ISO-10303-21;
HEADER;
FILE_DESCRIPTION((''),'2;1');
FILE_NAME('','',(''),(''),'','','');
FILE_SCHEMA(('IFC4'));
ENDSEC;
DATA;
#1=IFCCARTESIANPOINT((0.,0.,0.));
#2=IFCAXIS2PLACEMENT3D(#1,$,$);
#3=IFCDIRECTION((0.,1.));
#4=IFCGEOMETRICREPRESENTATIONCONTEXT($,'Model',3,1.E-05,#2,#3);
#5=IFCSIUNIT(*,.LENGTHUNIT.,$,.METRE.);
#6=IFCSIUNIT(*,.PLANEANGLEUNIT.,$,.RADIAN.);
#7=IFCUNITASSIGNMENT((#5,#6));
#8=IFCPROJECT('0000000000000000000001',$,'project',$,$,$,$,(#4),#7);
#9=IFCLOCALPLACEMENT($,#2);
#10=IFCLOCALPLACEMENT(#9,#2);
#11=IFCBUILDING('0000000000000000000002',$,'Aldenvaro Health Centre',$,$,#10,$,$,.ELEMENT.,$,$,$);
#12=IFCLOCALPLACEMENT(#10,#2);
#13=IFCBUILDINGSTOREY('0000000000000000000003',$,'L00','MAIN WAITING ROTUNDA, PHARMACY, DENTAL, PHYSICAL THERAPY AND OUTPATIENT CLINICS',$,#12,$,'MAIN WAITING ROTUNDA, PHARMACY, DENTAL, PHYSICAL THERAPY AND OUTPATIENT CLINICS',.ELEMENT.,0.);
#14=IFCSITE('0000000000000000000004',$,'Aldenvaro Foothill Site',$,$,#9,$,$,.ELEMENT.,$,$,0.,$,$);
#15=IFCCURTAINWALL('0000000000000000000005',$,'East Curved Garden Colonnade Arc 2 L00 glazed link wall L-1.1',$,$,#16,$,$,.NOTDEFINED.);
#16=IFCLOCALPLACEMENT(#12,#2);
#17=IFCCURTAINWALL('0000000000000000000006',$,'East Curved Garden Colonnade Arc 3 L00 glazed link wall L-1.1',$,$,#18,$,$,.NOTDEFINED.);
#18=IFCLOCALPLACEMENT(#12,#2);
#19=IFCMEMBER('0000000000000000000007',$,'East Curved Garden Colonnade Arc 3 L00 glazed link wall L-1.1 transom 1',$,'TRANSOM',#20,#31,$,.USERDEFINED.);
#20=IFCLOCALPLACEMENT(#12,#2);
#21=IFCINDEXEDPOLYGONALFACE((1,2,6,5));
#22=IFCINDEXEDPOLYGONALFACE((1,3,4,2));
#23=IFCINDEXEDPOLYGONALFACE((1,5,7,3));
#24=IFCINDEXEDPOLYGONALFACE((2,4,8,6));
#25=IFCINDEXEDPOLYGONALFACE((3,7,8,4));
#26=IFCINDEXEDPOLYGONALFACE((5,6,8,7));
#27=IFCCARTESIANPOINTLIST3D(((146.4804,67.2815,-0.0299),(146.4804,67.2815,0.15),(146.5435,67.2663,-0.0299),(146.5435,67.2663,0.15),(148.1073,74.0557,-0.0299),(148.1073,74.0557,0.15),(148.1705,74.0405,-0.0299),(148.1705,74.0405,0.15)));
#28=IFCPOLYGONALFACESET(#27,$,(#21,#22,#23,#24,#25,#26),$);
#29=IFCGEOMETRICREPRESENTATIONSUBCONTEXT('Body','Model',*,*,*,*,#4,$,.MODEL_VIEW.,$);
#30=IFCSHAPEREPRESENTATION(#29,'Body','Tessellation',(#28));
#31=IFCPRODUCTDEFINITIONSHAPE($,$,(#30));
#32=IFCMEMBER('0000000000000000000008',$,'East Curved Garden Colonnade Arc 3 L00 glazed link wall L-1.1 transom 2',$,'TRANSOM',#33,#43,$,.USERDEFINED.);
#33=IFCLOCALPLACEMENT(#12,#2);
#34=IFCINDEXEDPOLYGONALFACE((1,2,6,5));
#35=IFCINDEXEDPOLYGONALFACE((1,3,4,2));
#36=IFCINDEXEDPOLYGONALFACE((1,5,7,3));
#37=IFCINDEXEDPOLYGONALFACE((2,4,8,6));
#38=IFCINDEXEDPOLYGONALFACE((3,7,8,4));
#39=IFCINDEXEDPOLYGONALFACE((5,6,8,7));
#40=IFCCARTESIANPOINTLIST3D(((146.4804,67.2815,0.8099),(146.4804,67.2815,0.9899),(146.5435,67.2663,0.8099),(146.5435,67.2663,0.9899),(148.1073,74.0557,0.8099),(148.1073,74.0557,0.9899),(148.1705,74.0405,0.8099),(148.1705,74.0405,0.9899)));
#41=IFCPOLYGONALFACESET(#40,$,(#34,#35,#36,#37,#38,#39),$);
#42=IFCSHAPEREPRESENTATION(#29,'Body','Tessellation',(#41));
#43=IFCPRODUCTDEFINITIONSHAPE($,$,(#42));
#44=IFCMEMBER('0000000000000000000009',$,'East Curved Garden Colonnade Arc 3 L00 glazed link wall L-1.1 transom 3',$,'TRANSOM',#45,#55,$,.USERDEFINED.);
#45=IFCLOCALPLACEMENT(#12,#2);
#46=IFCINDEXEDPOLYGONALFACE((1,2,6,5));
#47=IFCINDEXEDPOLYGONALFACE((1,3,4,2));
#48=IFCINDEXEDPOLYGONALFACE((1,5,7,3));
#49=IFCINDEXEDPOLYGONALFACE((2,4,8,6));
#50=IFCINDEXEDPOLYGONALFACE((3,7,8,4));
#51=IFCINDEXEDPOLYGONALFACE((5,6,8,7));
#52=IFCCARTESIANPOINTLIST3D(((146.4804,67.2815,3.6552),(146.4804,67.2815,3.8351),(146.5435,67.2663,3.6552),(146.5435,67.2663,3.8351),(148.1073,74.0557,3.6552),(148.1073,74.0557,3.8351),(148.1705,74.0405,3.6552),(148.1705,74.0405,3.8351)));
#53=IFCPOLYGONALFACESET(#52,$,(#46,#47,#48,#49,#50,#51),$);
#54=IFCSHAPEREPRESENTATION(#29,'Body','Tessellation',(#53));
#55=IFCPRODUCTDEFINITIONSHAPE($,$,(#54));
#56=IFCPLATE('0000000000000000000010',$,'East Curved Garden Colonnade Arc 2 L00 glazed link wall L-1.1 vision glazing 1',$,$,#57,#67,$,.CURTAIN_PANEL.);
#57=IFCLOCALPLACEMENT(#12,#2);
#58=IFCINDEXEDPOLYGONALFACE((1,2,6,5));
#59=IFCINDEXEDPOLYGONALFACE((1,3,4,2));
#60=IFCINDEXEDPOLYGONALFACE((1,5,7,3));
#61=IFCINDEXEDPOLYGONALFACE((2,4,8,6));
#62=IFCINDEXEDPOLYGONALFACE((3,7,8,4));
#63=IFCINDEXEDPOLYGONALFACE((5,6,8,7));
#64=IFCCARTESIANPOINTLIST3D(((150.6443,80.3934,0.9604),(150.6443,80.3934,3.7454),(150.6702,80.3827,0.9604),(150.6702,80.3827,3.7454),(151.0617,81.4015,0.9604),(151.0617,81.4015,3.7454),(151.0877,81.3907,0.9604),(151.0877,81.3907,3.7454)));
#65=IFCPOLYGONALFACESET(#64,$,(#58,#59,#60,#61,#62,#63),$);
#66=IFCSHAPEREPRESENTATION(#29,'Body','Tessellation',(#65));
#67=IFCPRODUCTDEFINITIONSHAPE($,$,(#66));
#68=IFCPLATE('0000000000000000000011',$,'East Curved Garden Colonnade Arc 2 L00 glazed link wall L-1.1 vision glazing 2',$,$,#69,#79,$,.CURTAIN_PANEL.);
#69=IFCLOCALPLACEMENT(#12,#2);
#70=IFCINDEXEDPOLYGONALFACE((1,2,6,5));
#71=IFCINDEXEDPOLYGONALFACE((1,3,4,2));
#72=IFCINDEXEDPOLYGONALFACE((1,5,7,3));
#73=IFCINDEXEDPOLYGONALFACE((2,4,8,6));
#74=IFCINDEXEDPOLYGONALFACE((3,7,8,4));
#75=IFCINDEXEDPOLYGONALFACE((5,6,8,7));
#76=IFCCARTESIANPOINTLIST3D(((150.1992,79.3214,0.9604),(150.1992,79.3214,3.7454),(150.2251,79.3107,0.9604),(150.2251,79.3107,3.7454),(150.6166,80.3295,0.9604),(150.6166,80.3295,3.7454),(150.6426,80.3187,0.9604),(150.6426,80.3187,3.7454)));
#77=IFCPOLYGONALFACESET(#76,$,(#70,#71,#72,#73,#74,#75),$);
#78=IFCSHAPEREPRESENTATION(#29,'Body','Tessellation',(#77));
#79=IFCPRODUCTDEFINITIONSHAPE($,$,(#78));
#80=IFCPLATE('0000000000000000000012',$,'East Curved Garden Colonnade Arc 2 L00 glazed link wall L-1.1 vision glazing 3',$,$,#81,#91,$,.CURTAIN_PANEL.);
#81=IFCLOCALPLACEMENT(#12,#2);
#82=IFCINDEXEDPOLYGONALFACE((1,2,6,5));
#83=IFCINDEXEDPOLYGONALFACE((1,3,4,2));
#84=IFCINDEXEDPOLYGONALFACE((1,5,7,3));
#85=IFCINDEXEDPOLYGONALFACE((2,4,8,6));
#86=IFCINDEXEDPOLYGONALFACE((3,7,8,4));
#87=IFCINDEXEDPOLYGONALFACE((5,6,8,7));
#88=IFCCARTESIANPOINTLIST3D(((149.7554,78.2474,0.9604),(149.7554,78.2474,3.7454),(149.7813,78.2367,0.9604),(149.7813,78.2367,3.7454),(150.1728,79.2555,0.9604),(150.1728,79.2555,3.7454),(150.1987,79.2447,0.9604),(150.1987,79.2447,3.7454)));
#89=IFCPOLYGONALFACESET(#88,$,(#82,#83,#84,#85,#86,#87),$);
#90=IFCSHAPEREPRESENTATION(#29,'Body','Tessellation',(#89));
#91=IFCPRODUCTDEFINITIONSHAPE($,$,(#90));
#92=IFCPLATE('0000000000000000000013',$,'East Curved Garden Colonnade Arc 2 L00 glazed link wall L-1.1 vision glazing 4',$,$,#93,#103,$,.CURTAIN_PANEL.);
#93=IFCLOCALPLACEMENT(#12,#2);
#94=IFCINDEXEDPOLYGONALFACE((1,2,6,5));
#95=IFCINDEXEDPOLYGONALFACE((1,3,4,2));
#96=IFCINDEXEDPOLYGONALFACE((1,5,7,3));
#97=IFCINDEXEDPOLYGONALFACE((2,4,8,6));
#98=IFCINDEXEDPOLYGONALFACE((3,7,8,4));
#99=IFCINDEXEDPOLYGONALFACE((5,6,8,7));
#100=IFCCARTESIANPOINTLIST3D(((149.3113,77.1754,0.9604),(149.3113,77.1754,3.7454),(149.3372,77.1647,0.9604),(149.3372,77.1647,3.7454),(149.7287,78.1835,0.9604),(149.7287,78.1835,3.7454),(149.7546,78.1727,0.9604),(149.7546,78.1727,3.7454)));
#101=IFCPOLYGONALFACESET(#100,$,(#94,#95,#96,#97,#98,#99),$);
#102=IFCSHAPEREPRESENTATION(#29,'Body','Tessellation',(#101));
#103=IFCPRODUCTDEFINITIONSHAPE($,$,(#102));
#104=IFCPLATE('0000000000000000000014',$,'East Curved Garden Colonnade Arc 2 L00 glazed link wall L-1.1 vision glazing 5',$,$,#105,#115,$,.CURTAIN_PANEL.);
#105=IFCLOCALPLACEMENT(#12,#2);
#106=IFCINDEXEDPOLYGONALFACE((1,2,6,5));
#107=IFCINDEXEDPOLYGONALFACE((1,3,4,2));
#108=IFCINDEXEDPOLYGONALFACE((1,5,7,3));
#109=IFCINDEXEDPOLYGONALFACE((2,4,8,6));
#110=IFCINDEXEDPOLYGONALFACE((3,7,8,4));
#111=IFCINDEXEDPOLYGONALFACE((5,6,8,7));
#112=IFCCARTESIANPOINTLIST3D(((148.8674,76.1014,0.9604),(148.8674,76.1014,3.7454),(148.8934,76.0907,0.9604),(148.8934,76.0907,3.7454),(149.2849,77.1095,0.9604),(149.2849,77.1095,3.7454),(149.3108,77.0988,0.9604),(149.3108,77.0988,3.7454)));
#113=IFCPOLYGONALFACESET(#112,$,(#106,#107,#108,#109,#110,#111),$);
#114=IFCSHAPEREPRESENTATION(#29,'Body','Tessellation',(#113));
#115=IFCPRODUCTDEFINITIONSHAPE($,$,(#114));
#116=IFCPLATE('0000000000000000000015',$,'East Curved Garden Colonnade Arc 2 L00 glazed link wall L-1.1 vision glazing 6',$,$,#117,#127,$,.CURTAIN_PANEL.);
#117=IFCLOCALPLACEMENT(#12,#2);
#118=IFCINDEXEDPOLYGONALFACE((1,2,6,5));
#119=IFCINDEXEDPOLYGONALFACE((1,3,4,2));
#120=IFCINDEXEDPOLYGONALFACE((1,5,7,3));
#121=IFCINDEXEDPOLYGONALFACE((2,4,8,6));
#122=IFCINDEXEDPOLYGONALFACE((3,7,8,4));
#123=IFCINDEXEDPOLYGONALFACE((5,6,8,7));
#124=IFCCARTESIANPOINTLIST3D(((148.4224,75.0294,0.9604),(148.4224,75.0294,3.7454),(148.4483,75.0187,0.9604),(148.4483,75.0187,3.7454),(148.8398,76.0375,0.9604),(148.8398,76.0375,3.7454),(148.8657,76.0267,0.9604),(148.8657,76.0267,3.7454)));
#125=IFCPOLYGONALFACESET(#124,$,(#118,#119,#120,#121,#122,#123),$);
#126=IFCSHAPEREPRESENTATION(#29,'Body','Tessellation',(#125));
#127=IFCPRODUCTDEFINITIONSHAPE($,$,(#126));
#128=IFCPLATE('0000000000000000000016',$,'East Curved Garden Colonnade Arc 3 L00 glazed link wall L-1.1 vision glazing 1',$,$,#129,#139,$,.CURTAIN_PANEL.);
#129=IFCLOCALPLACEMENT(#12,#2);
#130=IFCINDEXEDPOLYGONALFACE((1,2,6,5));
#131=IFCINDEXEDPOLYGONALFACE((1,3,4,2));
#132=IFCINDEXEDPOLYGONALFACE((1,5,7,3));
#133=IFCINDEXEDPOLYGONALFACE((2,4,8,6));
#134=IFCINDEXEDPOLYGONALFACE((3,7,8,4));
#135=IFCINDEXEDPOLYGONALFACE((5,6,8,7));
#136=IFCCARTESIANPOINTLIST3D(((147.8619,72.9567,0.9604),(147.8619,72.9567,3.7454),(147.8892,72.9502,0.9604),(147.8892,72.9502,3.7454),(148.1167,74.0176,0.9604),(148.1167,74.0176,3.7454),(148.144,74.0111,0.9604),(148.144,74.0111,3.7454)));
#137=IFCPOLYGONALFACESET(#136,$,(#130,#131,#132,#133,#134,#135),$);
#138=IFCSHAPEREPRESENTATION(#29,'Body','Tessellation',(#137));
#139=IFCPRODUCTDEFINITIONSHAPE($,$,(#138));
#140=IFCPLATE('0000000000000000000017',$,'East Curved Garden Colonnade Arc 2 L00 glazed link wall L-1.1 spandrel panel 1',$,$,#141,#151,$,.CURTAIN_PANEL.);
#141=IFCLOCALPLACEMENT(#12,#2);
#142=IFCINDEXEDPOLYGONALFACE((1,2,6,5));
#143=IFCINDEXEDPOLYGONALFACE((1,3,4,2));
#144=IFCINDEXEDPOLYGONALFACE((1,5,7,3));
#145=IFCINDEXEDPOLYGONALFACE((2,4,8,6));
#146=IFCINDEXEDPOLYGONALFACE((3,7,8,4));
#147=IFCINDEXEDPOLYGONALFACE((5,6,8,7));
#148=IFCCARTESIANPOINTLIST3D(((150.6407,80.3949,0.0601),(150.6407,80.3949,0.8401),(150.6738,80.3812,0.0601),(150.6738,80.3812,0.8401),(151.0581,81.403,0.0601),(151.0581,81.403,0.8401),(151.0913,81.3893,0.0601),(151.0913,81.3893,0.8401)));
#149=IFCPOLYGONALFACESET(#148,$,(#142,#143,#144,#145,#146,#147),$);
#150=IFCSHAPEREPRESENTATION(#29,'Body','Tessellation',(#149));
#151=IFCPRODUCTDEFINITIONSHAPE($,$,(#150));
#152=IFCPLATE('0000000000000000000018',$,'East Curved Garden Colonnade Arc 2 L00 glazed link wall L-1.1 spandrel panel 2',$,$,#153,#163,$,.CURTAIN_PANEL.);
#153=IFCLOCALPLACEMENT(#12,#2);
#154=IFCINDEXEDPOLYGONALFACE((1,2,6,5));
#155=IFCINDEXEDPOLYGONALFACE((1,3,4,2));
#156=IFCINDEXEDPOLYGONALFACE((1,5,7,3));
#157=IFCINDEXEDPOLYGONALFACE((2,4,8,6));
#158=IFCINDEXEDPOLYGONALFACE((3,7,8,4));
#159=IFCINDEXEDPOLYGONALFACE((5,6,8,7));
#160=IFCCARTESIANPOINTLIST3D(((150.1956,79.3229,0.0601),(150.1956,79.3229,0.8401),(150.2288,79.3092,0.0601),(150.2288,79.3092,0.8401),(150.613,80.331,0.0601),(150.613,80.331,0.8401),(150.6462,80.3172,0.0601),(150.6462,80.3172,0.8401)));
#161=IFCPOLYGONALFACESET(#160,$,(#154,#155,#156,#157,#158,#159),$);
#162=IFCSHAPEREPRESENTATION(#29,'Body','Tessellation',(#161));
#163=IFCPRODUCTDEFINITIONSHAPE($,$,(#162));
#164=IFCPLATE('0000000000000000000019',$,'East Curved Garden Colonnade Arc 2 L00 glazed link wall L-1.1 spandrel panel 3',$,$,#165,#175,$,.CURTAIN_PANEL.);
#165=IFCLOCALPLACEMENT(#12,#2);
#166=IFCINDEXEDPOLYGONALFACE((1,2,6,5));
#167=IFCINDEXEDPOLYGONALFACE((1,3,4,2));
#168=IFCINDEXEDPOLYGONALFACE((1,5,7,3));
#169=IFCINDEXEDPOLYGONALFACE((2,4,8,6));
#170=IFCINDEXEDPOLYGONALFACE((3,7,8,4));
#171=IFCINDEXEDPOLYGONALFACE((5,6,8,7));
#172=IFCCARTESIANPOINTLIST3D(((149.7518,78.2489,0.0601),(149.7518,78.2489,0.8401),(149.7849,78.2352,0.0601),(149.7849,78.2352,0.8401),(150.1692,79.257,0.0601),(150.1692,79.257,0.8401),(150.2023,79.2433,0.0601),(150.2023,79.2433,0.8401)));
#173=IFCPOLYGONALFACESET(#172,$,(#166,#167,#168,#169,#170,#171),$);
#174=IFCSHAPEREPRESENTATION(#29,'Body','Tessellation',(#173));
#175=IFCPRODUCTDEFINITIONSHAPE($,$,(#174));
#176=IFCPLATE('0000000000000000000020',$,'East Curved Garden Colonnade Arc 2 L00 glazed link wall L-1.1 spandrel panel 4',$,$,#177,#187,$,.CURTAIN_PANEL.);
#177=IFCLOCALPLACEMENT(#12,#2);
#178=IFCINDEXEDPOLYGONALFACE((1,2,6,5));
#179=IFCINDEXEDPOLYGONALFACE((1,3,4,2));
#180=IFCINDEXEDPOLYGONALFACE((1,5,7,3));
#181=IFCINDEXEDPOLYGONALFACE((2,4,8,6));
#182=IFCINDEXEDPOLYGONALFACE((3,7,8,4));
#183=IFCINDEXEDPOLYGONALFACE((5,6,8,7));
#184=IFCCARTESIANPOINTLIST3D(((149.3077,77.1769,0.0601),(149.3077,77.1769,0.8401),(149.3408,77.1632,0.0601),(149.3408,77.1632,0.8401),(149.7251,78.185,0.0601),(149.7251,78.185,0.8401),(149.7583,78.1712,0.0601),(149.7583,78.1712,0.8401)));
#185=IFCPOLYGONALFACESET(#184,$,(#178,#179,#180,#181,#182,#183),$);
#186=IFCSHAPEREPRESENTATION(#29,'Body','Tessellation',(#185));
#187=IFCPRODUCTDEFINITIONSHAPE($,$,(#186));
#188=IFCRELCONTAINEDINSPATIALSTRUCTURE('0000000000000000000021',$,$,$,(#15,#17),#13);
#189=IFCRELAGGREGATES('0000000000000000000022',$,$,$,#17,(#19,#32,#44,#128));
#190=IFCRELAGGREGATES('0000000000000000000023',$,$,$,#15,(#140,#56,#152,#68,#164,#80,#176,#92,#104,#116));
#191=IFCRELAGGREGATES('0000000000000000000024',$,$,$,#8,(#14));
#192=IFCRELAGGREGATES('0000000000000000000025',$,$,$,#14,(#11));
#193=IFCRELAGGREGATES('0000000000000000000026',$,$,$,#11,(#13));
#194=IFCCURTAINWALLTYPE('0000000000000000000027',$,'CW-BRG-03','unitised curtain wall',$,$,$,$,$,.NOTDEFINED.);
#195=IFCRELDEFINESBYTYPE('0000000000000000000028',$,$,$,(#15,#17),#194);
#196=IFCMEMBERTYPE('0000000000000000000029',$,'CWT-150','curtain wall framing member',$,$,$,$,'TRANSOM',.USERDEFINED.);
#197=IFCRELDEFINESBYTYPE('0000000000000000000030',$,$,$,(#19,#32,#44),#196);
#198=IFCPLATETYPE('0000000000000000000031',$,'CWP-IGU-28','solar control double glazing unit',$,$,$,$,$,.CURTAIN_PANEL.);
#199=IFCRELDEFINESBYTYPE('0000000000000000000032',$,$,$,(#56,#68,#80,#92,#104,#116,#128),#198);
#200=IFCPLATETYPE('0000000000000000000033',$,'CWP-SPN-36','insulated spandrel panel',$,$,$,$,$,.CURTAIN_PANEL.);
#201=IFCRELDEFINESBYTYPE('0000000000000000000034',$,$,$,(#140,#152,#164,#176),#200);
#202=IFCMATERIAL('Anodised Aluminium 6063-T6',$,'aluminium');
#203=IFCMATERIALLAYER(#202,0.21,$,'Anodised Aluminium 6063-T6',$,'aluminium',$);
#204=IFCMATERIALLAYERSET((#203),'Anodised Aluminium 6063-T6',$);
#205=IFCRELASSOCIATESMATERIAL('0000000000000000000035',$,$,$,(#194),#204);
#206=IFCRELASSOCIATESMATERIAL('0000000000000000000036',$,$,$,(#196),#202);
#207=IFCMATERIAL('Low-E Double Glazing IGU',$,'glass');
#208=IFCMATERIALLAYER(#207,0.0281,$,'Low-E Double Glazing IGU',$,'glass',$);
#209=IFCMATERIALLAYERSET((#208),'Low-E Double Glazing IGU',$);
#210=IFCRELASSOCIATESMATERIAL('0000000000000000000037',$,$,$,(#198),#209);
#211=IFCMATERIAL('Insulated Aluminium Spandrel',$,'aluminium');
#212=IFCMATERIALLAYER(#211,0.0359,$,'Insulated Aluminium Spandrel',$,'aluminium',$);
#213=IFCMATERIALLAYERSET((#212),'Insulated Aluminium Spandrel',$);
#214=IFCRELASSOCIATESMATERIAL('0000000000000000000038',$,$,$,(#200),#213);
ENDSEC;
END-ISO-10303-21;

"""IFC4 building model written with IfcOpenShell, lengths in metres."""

from ifc_helpers import new_model, si_unit, direction, frame, origin, origin_2d, place, context, subcontext, project, spatial, rectangle, extrude, material, layer, layer_set, material_profile, profile_set, type_object, element, aggregate, save


model = new_model("IFC4")

# Units and contexts
model_context = context("Model", 3, precision=1e-05, world=origin(), true_north=direction((0.0, 1.0)))
body_context = subcontext(model_context, "Body", "Model", "MODEL_VIEW")
ifc_project = project(units=[si_unit("LENGTHUNIT", "METRE"), si_unit("PLANEANGLEUNIT", "RADIAN")], contexts=[model_context])

# Site, building, storey
site_placement = place(None, origin())
site = spatial("IfcSite", under=ifc_project, at=site_placement, Name="Aldenvaro Foothill Site", CompositionType="ELEMENT", RefElevation=0.0)
building_placement = place(site_placement, origin())
building = spatial("IfcBuilding", under=site, at=building_placement, Name="Aldenvaro Health Centre", CompositionType="ELEMENT")
storey_placement = place(building_placement, origin())
storey = spatial("IfcBuildingStorey", under=building, at=storey_placement, Name="L00", Description="MAIN WAITING ROTUNDA, PHARMACY, DENTAL, PHYSICAL THERAPY AND OUTPATIENT CLINICS", LongName="MAIN WAITING ROTUNDA, PHARMACY, DENTAL, PHYSICAL THERAPY AND OUTPATIENT CLINICS", CompositionType="ELEMENT", Elevation=0.0)

# Curtain walls, members
ifc_material_1 = material(Name="Anodised Aluminium 6063-T6", Category="aluminium")
ifc_layer_1 = layer(ifc_material_1, 0.21, Name="Anodised Aluminium 6063-T6", Category="aluminium")
ifc_layer_set_1 = layer_set([ifc_layer_1], Name="Anodised Aluminium 6063-T6")
curtain_wall_type = type_object("IfcCurtainWallType", Name="CW-BRG-03", Description="unitised curtain wall", PredefinedType="NOTDEFINED", material=ifc_layer_set_1)
curtain_wall_1_placement = place(storey_placement, origin())
curtain_wall_1 = element("IfcCurtainWall", 1, at=curtain_wall_1_placement, inside=storey, type_object=curtain_wall_type, Name="East Curved Garden Colonnade Arc 2 L00 glazed link wall L-1.1", PredefinedType="NOTDEFINED")
curtain_wall_2_placement = place(storey_placement, origin())
curtain_wall_2 = element("IfcCurtainWall", 2, at=curtain_wall_2_placement, inside=storey, type_object=curtain_wall_type, Name="East Curved Garden Colonnade Arc 3 L00 glazed link wall L-1.1", PredefinedType="NOTDEFINED")
ifc_material_profile_1 = material_profile(ifc_material_1, rectangle(XDim=0.0649, YDim=0.1799, at=origin_2d()), Name="ALU 65x180", Category="aluminium")
ifc_profile_set_1 = profile_set([ifc_material_profile_1], Name="Anodised Aluminium 6063-T6")
member_type_1 = type_object("IfcMemberType", Name="CWT-150", Description="curtain wall framing member", ElementType="TRANSOM", PredefinedType="USERDEFINED", material=ifc_profile_set_1)
member_1_placement = place(storey_placement, frame((148.1389, 74.0481, 0.0601), z_axis=(-0.233529, -0.97235, 0.0), x_axis=(0.97235, -0.233529, 0.0)))
member_1 = element("IfcMember", 3, at=member_1_placement, type_object=member_type_1, Name="East Curved Garden Colonnade Arc 3 L00 glazed link wall L-1.1 transom 1", ObjectType="TRANSOM", PredefinedType="USERDEFINED", context=body_context, shape_type="SweptSolid", body=[
    extrude(rectangle(XDim=0.0649, YDim=0.1799, at=origin_2d()), origin(), (0.0, 0.0, 1.0), 6.9668),
])
member_2_placement = place(storey_placement, frame((148.1389, 74.0481, 0.8999), z_axis=(-0.233529, -0.97235, 0.0), x_axis=(0.97235, -0.233529, 0.0)))
member_2 = element("IfcMember", 4, at=member_2_placement, type_object=member_type_1, Name="East Curved Garden Colonnade Arc 3 L00 glazed link wall L-1.1 transom 2", ObjectType="TRANSOM", PredefinedType="USERDEFINED", context=body_context, shape_type="SweptSolid", body=[
    extrude(rectangle(XDim=0.0649, YDim=0.1799, at=origin_2d()), origin(), (0.0, 0.0, 1.0), 6.9668),
])
member_3_placement = place(storey_placement, frame((148.1389, 74.0481, 3.7451), z_axis=(-0.233529, -0.97235, 0.0), x_axis=(0.97235, -0.233529, 0.0)))
member_3 = element("IfcMember", 5, at=member_3_placement, type_object=member_type_1, Name="East Curved Garden Colonnade Arc 3 L00 glazed link wall L-1.1 transom 3", ObjectType="TRANSOM", PredefinedType="USERDEFINED", context=body_context, shape_type="SweptSolid", body=[
    extrude(rectangle(XDim=0.0649, YDim=0.1799, at=origin_2d()), origin(), (0.0, 0.0, 1.0), 6.9668),
])

# Plates
ifc_material_2 = material(Name="Low-E Double Glazing IGU", Category="glass")
ifc_layer_2 = layer(ifc_material_2, 0.0281, Name="Low-E Double Glazing IGU", Category="glass")
ifc_layer_set_2 = layer_set([ifc_layer_2], Name="Low-E Double Glazing IGU")
plate_type_1 = type_object("IfcPlateType", Name="CWP-IGU-28", Description="solar control double glazing unit", PredefinedType="CURTAIN_PANEL", material=ifc_layer_set_2)
plate_1_placement = place(storey_placement, frame((150.866, 80.8921, 0.9604), z_axis=(0.0, 0.0, 1.0), x_axis=(-0.382597, -0.923915, 0.0)))
plate_1 = element("IfcPlate", 6, at=plate_1_placement, type_object=plate_type_1, Name="East Curved Garden Colonnade Arc 2 L00 glazed link wall L-1.1 vision glazing 1", PredefinedType="CURTAIN_PANEL", context=body_context, shape_type="SweptSolid", body=[
    extrude(rectangle(XDim=1.0911, YDim=0.0281, at=origin_2d()), origin(), (0.0, 0.0, 1.0), 2.7849),
])
plate_2_placement = place(storey_placement, frame((150.4209, 79.8201, 0.9604), z_axis=(0.0, 0.0, 1.0), x_axis=(-0.382597, -0.923915, 0.0)))
plate_2 = element("IfcPlate", 7, at=plate_2_placement, type_object=plate_type_1, Name="East Curved Garden Colonnade Arc 2 L00 glazed link wall L-1.1 vision glazing 2", PredefinedType="CURTAIN_PANEL", context=body_context, shape_type="SweptSolid", body=[
    extrude(rectangle(XDim=1.0911, YDim=0.0281, at=origin_2d()), origin(), (0.0, 0.0, 1.0), 2.7849),
])
plate_3_placement = place(storey_placement, frame((149.9771, 78.7461, 0.9604), z_axis=(0.0, 0.0, 1.0), x_axis=(-0.382597, -0.923915, 0.0)))
plate_3 = element("IfcPlate", 8, at=plate_3_placement, type_object=plate_type_1, Name="East Curved Garden Colonnade Arc 2 L00 glazed link wall L-1.1 vision glazing 3", PredefinedType="CURTAIN_PANEL", context=body_context, shape_type="SweptSolid", body=[
    extrude(rectangle(XDim=1.0911, YDim=0.0281, at=origin_2d()), origin(), (0.0, 0.0, 1.0), 2.7849),
])
plate_4_placement = place(storey_placement, frame((149.533, 77.6741, 0.9604), z_axis=(0.0, 0.0, 1.0), x_axis=(-0.382597, -0.923915, 0.0)))
plate_4 = element("IfcPlate", 9, at=plate_4_placement, type_object=plate_type_1, Name="East Curved Garden Colonnade Arc 2 L00 glazed link wall L-1.1 vision glazing 4", PredefinedType="CURTAIN_PANEL", context=body_context, shape_type="SweptSolid", body=[
    extrude(rectangle(XDim=1.0911, YDim=0.0281, at=origin_2d()), origin(), (0.0, 0.0, 1.0), 2.7849),
])
plate_5_placement = place(storey_placement, frame((149.0891, 76.6001, 0.9604), z_axis=(0.0, 0.0, 1.0), x_axis=(-0.382597, -0.923915, 0.0)))
plate_5 = element("IfcPlate", 10, at=plate_5_placement, type_object=plate_type_1, Name="East Curved Garden Colonnade Arc 2 L00 glazed link wall L-1.1 vision glazing 5", PredefinedType="CURTAIN_PANEL", context=body_context, shape_type="SweptSolid", body=[
    extrude(rectangle(XDim=1.0911, YDim=0.0281, at=origin_2d()), origin(), (0.0, 0.0, 1.0), 2.7849),
])
plate_6_placement = place(storey_placement, frame((148.644, 75.5281, 0.9604), z_axis=(0.0, 0.0, 1.0), x_axis=(-0.382597, -0.923915, 0.0)))
plate_6 = element("IfcPlate", 11, at=plate_6_placement, type_object=plate_type_1, Name="East Curved Garden Colonnade Arc 2 L00 glazed link wall L-1.1 vision glazing 6", PredefinedType="CURTAIN_PANEL", context=body_context, shape_type="SweptSolid", body=[
    extrude(rectangle(XDim=1.0911, YDim=0.0281, at=origin_2d()), origin(), (0.0, 0.0, 1.0), 2.7849),
])
plate_7_placement = place(storey_placement, frame((148.0029, 73.4839, 0.9604), z_axis=(0.0, 0.0, 1.0), x_axis=(-0.233541, -0.972347, 0.0)))
plate_7 = element("IfcPlate", 12, at=plate_7_placement, type_object=plate_type_1, Name="East Curved Garden Colonnade Arc 3 L00 glazed link wall L-1.1 vision glazing 1", PredefinedType="CURTAIN_PANEL", context=body_context, shape_type="SweptSolid", body=[
    extrude(rectangle(XDim=1.0911, YDim=0.0281, at=origin_2d()), origin(), (0.0, 0.0, 1.0), 2.7849),
])
aggregate(curtain_wall_2, [member_1, member_2, member_3, plate_7])
ifc_material_3 = material(Name="Insulated Aluminium Spandrel", Category="aluminium")
ifc_layer_3 = layer(ifc_material_3, 0.0359, Name="Insulated Aluminium Spandrel", Category="aluminium")
ifc_layer_set_3 = layer_set([ifc_layer_3], Name="Insulated Aluminium Spandrel")
plate_type_2 = type_object("IfcPlateType", Name="CWP-SPN-36", Description="insulated spandrel panel", PredefinedType="CURTAIN_PANEL", material=ifc_layer_set_3)
plate_8_placement = place(storey_placement, frame((150.866, 80.8921, 0.0601), z_axis=(0.0, 0.0, 1.0), x_axis=(-0.382597, -0.923915, 0.0)))
plate_8 = element("IfcPlate", 13, at=plate_8_placement, type_object=plate_type_2, Name="East Curved Garden Colonnade Arc 2 L00 glazed link wall L-1.1 spandrel panel 1", PredefinedType="CURTAIN_PANEL", context=body_context, shape_type="SweptSolid", body=[
    extrude(rectangle(XDim=1.0911, YDim=0.0359, at=origin_2d()), origin(), (0.0, 0.0, 1.0), 0.78),
])
plate_9_placement = place(storey_placement, frame((150.4209, 79.8201, 0.0601), z_axis=(0.0, 0.0, 1.0), x_axis=(-0.382597, -0.923915, 0.0)))
plate_9 = element("IfcPlate", 14, at=plate_9_placement, type_object=plate_type_2, Name="East Curved Garden Colonnade Arc 2 L00 glazed link wall L-1.1 spandrel panel 2", PredefinedType="CURTAIN_PANEL", context=body_context, shape_type="SweptSolid", body=[
    extrude(rectangle(XDim=1.0911, YDim=0.0359, at=origin_2d()), origin(), (0.0, 0.0, 1.0), 0.78),
])
plate_10_placement = place(storey_placement, frame((149.9771, 78.7461, 0.0601), z_axis=(0.0, 0.0, 1.0), x_axis=(-0.382597, -0.923915, 0.0)))
plate_10 = element("IfcPlate", 15, at=plate_10_placement, type_object=plate_type_2, Name="East Curved Garden Colonnade Arc 2 L00 glazed link wall L-1.1 spandrel panel 3", PredefinedType="CURTAIN_PANEL", context=body_context, shape_type="SweptSolid", body=[
    extrude(rectangle(XDim=1.0911, YDim=0.0359, at=origin_2d()), origin(), (0.0, 0.0, 1.0), 0.78),
])
plate_11_placement = place(storey_placement, frame((149.533, 77.6741, 0.0601), z_axis=(0.0, 0.0, 1.0), x_axis=(-0.382597, -0.923915, 0.0)))
plate_11 = element("IfcPlate", 16, at=plate_11_placement, type_object=plate_type_2, Name="East Curved Garden Colonnade Arc 2 L00 glazed link wall L-1.1 spandrel panel 4", PredefinedType="CURTAIN_PANEL", context=body_context, shape_type="SweptSolid", body=[
    extrude(rectangle(XDim=1.0911, YDim=0.0359, at=origin_2d()), origin(), (0.0, 0.0, 1.0), 0.78),
])
aggregate(curtain_wall_1, [plate_8, plate_1, plate_9, plate_2, plate_10, plate_3, plate_11, plate_4, plate_5, plate_6])

save(model, "model.ifc")
